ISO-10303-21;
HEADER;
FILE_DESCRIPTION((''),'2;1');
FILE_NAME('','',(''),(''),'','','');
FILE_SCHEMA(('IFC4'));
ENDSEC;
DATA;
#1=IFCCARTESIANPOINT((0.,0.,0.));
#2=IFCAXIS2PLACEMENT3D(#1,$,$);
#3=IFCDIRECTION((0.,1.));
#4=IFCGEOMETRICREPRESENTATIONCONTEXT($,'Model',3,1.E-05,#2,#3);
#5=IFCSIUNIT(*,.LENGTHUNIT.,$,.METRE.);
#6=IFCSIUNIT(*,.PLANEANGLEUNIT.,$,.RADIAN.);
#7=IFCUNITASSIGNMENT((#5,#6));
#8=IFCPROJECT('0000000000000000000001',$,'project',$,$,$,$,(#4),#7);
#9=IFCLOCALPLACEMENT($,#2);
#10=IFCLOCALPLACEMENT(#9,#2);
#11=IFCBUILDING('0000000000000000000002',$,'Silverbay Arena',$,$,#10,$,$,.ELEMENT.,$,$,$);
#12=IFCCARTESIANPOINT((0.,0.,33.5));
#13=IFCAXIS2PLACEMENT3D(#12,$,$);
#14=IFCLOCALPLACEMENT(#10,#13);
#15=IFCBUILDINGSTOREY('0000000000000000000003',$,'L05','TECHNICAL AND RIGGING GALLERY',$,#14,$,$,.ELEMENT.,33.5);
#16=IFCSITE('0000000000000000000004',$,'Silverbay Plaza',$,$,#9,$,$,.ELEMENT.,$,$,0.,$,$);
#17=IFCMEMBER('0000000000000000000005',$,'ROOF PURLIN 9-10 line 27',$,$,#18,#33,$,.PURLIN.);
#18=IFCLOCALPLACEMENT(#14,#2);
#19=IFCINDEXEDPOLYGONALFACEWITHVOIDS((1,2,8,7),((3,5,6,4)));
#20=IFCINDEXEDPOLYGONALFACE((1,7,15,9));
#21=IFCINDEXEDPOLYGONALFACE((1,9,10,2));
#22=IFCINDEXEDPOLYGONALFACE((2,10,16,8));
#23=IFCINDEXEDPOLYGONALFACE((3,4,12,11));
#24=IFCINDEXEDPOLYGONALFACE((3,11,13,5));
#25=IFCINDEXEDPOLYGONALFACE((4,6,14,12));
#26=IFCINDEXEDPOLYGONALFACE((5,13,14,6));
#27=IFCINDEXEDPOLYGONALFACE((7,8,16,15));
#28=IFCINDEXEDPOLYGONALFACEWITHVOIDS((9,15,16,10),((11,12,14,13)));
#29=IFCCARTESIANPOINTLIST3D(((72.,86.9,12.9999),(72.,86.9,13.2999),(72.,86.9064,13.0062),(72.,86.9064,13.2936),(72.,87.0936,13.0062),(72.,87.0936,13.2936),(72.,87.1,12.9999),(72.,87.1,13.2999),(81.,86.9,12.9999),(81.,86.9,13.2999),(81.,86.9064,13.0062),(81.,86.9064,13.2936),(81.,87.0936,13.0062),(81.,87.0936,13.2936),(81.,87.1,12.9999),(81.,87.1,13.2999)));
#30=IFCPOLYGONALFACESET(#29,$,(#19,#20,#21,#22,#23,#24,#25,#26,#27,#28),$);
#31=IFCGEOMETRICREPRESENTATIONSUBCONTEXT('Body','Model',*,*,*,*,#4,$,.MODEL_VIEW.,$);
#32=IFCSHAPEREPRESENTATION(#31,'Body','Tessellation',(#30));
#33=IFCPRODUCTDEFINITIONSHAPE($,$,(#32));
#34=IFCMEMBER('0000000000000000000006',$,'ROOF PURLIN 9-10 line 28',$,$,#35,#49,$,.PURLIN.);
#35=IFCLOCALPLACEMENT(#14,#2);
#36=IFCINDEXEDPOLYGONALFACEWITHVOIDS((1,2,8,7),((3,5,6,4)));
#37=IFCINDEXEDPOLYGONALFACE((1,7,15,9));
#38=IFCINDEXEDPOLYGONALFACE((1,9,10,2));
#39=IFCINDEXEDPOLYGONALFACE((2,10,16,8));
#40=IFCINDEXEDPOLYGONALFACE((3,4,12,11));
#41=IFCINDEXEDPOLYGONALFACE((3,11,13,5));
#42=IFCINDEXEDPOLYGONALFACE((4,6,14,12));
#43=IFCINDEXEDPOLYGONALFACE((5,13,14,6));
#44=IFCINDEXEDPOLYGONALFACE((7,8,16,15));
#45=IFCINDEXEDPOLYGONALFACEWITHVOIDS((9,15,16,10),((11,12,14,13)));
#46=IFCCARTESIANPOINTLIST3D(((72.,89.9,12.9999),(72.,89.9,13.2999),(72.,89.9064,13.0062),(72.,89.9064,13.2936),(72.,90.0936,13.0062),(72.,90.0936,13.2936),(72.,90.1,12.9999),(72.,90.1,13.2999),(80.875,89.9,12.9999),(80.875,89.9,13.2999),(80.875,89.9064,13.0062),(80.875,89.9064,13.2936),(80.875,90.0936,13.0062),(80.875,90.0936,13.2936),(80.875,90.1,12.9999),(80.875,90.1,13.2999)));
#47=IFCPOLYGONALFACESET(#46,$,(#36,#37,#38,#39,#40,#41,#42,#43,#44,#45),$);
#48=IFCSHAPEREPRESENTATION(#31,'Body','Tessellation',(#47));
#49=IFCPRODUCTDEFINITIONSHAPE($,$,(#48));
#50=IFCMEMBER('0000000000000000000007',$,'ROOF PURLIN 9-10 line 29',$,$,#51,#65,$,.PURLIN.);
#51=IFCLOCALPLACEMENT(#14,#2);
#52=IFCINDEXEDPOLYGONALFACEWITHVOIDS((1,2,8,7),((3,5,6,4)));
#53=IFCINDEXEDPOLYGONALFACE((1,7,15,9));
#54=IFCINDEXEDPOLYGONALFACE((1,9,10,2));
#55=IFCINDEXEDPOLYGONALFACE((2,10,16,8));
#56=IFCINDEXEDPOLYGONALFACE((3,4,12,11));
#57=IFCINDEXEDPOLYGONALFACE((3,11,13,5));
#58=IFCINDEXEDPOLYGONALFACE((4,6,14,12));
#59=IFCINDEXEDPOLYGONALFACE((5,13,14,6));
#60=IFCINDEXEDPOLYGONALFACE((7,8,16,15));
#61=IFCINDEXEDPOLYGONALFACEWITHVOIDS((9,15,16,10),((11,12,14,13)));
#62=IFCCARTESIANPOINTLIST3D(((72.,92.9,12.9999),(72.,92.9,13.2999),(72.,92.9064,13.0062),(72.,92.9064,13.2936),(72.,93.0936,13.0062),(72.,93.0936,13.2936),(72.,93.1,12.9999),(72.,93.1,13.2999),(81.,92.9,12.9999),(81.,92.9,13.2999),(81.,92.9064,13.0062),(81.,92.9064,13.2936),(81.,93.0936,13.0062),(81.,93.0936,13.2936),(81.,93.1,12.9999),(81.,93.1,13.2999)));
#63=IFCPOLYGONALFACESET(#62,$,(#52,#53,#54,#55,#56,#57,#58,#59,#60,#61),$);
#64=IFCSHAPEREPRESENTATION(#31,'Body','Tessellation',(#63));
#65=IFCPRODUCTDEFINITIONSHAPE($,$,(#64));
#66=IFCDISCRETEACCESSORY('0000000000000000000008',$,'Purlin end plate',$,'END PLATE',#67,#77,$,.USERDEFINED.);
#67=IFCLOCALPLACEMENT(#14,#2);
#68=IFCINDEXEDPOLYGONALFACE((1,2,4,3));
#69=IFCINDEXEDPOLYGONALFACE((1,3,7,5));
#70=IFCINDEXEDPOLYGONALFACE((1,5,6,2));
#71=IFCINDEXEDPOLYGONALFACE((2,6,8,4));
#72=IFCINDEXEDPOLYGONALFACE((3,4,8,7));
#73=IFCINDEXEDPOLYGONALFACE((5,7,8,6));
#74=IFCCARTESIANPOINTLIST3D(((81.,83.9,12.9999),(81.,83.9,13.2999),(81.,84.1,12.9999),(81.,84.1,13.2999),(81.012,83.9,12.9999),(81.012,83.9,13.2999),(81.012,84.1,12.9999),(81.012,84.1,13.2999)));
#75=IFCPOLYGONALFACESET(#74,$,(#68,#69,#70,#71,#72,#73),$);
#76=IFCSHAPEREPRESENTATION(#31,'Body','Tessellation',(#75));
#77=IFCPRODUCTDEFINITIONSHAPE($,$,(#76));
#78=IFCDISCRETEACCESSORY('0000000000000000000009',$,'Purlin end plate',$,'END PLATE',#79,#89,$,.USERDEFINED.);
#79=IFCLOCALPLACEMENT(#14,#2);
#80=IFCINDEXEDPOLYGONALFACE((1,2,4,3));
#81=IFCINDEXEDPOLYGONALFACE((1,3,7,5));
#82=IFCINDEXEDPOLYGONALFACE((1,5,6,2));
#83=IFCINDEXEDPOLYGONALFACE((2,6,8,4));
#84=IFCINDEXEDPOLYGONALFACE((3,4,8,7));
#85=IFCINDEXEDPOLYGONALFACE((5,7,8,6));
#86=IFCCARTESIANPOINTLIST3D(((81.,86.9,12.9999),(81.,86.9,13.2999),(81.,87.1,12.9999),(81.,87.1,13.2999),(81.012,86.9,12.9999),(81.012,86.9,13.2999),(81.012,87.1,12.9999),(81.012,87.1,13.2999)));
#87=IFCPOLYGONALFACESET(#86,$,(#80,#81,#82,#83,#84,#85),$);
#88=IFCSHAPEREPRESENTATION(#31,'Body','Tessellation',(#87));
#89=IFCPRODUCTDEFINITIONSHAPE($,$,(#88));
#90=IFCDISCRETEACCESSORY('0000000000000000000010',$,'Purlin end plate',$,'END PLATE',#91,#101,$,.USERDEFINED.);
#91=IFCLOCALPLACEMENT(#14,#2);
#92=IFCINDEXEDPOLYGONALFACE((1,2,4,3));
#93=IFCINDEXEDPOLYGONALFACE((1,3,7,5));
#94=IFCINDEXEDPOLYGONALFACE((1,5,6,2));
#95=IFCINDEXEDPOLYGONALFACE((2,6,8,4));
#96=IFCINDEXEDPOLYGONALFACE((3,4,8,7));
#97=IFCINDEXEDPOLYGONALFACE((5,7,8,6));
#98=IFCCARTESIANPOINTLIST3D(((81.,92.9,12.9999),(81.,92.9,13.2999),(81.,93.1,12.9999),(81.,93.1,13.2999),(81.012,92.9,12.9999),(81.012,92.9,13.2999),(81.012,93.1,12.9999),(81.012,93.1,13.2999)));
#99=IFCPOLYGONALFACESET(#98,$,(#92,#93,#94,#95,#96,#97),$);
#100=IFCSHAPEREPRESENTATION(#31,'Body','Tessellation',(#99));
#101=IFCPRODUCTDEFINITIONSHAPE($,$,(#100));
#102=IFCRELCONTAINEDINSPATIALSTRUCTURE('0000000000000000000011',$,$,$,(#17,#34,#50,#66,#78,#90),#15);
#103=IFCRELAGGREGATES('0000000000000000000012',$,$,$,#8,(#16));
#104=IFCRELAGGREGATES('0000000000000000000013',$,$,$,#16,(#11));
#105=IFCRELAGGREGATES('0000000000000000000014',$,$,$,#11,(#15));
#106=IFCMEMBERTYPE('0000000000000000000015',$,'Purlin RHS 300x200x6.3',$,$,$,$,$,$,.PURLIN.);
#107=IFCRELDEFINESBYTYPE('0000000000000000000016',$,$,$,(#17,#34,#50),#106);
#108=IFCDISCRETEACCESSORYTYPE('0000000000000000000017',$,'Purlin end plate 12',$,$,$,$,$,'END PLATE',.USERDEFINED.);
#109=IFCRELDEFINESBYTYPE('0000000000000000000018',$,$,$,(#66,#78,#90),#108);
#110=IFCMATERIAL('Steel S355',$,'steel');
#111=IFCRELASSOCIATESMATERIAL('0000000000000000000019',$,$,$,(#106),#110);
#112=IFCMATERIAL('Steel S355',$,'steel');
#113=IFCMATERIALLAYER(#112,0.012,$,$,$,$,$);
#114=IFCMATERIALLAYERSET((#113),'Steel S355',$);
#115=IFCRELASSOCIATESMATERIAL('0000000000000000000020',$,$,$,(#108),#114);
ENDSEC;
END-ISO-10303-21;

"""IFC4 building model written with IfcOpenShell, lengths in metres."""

from ifc_helpers import new_model, si_unit, direction, frame, origin, origin_2d, place, context, subcontext, project, spatial, rectangle, hollow_rectangle, extrude, material, layer, layer_set, material_profile, profile_set, type_object, element, save


model = new_model("IFC4")

# Units and contexts
model_context = context("Model", 3, precision=1e-05, world=origin(), true_north=direction((0.0, 1.0)))
body_context = subcontext(model_context, "Body", "Model", "MODEL_VIEW")
ifc_project = project(units=[si_unit("LENGTHUNIT", "METRE"), si_unit("PLANEANGLEUNIT", "RADIAN")], contexts=[model_context])

# Site, building, storey
site_placement = place(None, origin())
site = spatial("IfcSite", under=ifc_project, at=site_placement, Name="Silverbay Plaza", CompositionType="ELEMENT", RefElevation=0.0)
building_placement = place(site_placement, origin())
building = spatial("IfcBuilding", under=site, at=building_placement, Name="Silverbay Arena", CompositionType="ELEMENT")
storey_placement = place(building_placement, frame((0.0, 0.0, 33.5)))
storey = spatial("IfcBuildingStorey", under=building, at=storey_placement, Name="L05", Description="TECHNICAL AND RIGGING GALLERY", CompositionType="ELEMENT", Elevation=33.5)

# Members
ifc_material_1 = material(Name="Steel S355", Category="steel")
ifc_material_profile_1 = material_profile(ifc_material_1, hollow_rectangle(XDim=0.2, YDim=0.3, WallThickness=0.0063, at=origin_2d()), Name="RHS 300x200x6.3")
ifc_profile_set_1 = profile_set([ifc_material_profile_1], Name="Steel S355")
member_type_1 = type_object("IfcMemberType", Name="Purlin RHS 300x200x6.3", PredefinedType="PURLIN", material=ifc_profile_set_1)
for number, where, z_axis, x_axis, name in (
    (1, (72.0, 87.0, 13.1499), (1.0, 0.0, 0.0), (0.0, 1.0, 0.0), "ROOF PURLIN 9-10 line 27"),
):
    element("IfcMember", number, at=place(storey_placement, frame(where, z_axis=z_axis, x_axis=x_axis)), inside=storey, type_object=member_type_1, Name=name, PredefinedType="PURLIN", context=body_context, shape_type="SweptSolid", body=[
        extrude(hollow_rectangle(XDim=0.2, YDim=0.3, WallThickness=0.0063, at=origin_2d()), origin(), (0.0, 0.0, 1.0), 9.0),
    ])
member_1_placement = place(storey_placement, frame((72.0, 90.0, 13.1499), z_axis=(1.0, 0.0, 0.0), x_axis=(0.0, 1.0, 0.0)))
element("IfcMember", 2, at=member_1_placement, inside=storey, type_object=member_type_1, Name="ROOF PURLIN 9-10 line 28", PredefinedType="PURLIN", context=body_context, shape_type="SweptSolid", body=[
    extrude(hollow_rectangle(XDim=0.2, YDim=0.3, WallThickness=0.0063, at=origin_2d()), origin(), (0.0, 0.0, 1.0), 8.875),
])
member_2_placement = place(storey_placement, frame((72.0, 93.0, 13.1499), z_axis=(1.0, 0.0, 0.0), x_axis=(0.0, 1.0, 0.0)))
element("IfcMember", 3, at=member_2_placement, inside=storey, type_object=member_type_1, Name="ROOF PURLIN 9-10 line 29", PredefinedType="PURLIN", context=body_context, shape_type="SweptSolid", body=[
    extrude(hollow_rectangle(XDim=0.2, YDim=0.3, WallThickness=0.0063, at=origin_2d()), origin(), (0.0, 0.0, 1.0), 9.0),
])

# Discrete accessories
ifc_material_2 = material(Name="Steel S355", Category="steel")
ifc_layer = layer(ifc_material_2, 0.012)
ifc_layer_set = layer_set([ifc_layer], Name="Steel S355")
discrete_accessory_type = type_object("IfcDiscreteAccessoryType", Name="Purlin end plate 12", ElementType="END PLATE", PredefinedType="USERDEFINED", material=ifc_layer_set)
for number, where, z_axis, x_axis, name in (
    (4, (81.0, 84.0, 13.1499), (1.0, 0.0, 0.0), (0.0, 1.0, 0.0), "Purlin end plate"),
    (5, (81.0, 87.0, 13.1499), (1.0, 0.0, 0.0), (0.0, 1.0, 0.0), "Purlin end plate"),
    (6, (81.0, 93.0, 13.1499), (1.0, 0.0, 0.0), (0.0, 1.0, 0.0), "Purlin end plate"),
):
    element("IfcDiscreteAccessory", number, at=place(storey_placement, frame(where, z_axis=z_axis, x_axis=x_axis)), inside=storey, type_object=discrete_accessory_type, Name=name, ObjectType="END PLATE", PredefinedType="USERDEFINED", context=body_context, shape_type="SweptSolid", body=[
        extrude(rectangle(XDim=0.2, YDim=0.3, at=origin_2d()), origin(), (0.0, 0.0, 1.0), 0.012),
    ])

save(model, "model.ifc")
